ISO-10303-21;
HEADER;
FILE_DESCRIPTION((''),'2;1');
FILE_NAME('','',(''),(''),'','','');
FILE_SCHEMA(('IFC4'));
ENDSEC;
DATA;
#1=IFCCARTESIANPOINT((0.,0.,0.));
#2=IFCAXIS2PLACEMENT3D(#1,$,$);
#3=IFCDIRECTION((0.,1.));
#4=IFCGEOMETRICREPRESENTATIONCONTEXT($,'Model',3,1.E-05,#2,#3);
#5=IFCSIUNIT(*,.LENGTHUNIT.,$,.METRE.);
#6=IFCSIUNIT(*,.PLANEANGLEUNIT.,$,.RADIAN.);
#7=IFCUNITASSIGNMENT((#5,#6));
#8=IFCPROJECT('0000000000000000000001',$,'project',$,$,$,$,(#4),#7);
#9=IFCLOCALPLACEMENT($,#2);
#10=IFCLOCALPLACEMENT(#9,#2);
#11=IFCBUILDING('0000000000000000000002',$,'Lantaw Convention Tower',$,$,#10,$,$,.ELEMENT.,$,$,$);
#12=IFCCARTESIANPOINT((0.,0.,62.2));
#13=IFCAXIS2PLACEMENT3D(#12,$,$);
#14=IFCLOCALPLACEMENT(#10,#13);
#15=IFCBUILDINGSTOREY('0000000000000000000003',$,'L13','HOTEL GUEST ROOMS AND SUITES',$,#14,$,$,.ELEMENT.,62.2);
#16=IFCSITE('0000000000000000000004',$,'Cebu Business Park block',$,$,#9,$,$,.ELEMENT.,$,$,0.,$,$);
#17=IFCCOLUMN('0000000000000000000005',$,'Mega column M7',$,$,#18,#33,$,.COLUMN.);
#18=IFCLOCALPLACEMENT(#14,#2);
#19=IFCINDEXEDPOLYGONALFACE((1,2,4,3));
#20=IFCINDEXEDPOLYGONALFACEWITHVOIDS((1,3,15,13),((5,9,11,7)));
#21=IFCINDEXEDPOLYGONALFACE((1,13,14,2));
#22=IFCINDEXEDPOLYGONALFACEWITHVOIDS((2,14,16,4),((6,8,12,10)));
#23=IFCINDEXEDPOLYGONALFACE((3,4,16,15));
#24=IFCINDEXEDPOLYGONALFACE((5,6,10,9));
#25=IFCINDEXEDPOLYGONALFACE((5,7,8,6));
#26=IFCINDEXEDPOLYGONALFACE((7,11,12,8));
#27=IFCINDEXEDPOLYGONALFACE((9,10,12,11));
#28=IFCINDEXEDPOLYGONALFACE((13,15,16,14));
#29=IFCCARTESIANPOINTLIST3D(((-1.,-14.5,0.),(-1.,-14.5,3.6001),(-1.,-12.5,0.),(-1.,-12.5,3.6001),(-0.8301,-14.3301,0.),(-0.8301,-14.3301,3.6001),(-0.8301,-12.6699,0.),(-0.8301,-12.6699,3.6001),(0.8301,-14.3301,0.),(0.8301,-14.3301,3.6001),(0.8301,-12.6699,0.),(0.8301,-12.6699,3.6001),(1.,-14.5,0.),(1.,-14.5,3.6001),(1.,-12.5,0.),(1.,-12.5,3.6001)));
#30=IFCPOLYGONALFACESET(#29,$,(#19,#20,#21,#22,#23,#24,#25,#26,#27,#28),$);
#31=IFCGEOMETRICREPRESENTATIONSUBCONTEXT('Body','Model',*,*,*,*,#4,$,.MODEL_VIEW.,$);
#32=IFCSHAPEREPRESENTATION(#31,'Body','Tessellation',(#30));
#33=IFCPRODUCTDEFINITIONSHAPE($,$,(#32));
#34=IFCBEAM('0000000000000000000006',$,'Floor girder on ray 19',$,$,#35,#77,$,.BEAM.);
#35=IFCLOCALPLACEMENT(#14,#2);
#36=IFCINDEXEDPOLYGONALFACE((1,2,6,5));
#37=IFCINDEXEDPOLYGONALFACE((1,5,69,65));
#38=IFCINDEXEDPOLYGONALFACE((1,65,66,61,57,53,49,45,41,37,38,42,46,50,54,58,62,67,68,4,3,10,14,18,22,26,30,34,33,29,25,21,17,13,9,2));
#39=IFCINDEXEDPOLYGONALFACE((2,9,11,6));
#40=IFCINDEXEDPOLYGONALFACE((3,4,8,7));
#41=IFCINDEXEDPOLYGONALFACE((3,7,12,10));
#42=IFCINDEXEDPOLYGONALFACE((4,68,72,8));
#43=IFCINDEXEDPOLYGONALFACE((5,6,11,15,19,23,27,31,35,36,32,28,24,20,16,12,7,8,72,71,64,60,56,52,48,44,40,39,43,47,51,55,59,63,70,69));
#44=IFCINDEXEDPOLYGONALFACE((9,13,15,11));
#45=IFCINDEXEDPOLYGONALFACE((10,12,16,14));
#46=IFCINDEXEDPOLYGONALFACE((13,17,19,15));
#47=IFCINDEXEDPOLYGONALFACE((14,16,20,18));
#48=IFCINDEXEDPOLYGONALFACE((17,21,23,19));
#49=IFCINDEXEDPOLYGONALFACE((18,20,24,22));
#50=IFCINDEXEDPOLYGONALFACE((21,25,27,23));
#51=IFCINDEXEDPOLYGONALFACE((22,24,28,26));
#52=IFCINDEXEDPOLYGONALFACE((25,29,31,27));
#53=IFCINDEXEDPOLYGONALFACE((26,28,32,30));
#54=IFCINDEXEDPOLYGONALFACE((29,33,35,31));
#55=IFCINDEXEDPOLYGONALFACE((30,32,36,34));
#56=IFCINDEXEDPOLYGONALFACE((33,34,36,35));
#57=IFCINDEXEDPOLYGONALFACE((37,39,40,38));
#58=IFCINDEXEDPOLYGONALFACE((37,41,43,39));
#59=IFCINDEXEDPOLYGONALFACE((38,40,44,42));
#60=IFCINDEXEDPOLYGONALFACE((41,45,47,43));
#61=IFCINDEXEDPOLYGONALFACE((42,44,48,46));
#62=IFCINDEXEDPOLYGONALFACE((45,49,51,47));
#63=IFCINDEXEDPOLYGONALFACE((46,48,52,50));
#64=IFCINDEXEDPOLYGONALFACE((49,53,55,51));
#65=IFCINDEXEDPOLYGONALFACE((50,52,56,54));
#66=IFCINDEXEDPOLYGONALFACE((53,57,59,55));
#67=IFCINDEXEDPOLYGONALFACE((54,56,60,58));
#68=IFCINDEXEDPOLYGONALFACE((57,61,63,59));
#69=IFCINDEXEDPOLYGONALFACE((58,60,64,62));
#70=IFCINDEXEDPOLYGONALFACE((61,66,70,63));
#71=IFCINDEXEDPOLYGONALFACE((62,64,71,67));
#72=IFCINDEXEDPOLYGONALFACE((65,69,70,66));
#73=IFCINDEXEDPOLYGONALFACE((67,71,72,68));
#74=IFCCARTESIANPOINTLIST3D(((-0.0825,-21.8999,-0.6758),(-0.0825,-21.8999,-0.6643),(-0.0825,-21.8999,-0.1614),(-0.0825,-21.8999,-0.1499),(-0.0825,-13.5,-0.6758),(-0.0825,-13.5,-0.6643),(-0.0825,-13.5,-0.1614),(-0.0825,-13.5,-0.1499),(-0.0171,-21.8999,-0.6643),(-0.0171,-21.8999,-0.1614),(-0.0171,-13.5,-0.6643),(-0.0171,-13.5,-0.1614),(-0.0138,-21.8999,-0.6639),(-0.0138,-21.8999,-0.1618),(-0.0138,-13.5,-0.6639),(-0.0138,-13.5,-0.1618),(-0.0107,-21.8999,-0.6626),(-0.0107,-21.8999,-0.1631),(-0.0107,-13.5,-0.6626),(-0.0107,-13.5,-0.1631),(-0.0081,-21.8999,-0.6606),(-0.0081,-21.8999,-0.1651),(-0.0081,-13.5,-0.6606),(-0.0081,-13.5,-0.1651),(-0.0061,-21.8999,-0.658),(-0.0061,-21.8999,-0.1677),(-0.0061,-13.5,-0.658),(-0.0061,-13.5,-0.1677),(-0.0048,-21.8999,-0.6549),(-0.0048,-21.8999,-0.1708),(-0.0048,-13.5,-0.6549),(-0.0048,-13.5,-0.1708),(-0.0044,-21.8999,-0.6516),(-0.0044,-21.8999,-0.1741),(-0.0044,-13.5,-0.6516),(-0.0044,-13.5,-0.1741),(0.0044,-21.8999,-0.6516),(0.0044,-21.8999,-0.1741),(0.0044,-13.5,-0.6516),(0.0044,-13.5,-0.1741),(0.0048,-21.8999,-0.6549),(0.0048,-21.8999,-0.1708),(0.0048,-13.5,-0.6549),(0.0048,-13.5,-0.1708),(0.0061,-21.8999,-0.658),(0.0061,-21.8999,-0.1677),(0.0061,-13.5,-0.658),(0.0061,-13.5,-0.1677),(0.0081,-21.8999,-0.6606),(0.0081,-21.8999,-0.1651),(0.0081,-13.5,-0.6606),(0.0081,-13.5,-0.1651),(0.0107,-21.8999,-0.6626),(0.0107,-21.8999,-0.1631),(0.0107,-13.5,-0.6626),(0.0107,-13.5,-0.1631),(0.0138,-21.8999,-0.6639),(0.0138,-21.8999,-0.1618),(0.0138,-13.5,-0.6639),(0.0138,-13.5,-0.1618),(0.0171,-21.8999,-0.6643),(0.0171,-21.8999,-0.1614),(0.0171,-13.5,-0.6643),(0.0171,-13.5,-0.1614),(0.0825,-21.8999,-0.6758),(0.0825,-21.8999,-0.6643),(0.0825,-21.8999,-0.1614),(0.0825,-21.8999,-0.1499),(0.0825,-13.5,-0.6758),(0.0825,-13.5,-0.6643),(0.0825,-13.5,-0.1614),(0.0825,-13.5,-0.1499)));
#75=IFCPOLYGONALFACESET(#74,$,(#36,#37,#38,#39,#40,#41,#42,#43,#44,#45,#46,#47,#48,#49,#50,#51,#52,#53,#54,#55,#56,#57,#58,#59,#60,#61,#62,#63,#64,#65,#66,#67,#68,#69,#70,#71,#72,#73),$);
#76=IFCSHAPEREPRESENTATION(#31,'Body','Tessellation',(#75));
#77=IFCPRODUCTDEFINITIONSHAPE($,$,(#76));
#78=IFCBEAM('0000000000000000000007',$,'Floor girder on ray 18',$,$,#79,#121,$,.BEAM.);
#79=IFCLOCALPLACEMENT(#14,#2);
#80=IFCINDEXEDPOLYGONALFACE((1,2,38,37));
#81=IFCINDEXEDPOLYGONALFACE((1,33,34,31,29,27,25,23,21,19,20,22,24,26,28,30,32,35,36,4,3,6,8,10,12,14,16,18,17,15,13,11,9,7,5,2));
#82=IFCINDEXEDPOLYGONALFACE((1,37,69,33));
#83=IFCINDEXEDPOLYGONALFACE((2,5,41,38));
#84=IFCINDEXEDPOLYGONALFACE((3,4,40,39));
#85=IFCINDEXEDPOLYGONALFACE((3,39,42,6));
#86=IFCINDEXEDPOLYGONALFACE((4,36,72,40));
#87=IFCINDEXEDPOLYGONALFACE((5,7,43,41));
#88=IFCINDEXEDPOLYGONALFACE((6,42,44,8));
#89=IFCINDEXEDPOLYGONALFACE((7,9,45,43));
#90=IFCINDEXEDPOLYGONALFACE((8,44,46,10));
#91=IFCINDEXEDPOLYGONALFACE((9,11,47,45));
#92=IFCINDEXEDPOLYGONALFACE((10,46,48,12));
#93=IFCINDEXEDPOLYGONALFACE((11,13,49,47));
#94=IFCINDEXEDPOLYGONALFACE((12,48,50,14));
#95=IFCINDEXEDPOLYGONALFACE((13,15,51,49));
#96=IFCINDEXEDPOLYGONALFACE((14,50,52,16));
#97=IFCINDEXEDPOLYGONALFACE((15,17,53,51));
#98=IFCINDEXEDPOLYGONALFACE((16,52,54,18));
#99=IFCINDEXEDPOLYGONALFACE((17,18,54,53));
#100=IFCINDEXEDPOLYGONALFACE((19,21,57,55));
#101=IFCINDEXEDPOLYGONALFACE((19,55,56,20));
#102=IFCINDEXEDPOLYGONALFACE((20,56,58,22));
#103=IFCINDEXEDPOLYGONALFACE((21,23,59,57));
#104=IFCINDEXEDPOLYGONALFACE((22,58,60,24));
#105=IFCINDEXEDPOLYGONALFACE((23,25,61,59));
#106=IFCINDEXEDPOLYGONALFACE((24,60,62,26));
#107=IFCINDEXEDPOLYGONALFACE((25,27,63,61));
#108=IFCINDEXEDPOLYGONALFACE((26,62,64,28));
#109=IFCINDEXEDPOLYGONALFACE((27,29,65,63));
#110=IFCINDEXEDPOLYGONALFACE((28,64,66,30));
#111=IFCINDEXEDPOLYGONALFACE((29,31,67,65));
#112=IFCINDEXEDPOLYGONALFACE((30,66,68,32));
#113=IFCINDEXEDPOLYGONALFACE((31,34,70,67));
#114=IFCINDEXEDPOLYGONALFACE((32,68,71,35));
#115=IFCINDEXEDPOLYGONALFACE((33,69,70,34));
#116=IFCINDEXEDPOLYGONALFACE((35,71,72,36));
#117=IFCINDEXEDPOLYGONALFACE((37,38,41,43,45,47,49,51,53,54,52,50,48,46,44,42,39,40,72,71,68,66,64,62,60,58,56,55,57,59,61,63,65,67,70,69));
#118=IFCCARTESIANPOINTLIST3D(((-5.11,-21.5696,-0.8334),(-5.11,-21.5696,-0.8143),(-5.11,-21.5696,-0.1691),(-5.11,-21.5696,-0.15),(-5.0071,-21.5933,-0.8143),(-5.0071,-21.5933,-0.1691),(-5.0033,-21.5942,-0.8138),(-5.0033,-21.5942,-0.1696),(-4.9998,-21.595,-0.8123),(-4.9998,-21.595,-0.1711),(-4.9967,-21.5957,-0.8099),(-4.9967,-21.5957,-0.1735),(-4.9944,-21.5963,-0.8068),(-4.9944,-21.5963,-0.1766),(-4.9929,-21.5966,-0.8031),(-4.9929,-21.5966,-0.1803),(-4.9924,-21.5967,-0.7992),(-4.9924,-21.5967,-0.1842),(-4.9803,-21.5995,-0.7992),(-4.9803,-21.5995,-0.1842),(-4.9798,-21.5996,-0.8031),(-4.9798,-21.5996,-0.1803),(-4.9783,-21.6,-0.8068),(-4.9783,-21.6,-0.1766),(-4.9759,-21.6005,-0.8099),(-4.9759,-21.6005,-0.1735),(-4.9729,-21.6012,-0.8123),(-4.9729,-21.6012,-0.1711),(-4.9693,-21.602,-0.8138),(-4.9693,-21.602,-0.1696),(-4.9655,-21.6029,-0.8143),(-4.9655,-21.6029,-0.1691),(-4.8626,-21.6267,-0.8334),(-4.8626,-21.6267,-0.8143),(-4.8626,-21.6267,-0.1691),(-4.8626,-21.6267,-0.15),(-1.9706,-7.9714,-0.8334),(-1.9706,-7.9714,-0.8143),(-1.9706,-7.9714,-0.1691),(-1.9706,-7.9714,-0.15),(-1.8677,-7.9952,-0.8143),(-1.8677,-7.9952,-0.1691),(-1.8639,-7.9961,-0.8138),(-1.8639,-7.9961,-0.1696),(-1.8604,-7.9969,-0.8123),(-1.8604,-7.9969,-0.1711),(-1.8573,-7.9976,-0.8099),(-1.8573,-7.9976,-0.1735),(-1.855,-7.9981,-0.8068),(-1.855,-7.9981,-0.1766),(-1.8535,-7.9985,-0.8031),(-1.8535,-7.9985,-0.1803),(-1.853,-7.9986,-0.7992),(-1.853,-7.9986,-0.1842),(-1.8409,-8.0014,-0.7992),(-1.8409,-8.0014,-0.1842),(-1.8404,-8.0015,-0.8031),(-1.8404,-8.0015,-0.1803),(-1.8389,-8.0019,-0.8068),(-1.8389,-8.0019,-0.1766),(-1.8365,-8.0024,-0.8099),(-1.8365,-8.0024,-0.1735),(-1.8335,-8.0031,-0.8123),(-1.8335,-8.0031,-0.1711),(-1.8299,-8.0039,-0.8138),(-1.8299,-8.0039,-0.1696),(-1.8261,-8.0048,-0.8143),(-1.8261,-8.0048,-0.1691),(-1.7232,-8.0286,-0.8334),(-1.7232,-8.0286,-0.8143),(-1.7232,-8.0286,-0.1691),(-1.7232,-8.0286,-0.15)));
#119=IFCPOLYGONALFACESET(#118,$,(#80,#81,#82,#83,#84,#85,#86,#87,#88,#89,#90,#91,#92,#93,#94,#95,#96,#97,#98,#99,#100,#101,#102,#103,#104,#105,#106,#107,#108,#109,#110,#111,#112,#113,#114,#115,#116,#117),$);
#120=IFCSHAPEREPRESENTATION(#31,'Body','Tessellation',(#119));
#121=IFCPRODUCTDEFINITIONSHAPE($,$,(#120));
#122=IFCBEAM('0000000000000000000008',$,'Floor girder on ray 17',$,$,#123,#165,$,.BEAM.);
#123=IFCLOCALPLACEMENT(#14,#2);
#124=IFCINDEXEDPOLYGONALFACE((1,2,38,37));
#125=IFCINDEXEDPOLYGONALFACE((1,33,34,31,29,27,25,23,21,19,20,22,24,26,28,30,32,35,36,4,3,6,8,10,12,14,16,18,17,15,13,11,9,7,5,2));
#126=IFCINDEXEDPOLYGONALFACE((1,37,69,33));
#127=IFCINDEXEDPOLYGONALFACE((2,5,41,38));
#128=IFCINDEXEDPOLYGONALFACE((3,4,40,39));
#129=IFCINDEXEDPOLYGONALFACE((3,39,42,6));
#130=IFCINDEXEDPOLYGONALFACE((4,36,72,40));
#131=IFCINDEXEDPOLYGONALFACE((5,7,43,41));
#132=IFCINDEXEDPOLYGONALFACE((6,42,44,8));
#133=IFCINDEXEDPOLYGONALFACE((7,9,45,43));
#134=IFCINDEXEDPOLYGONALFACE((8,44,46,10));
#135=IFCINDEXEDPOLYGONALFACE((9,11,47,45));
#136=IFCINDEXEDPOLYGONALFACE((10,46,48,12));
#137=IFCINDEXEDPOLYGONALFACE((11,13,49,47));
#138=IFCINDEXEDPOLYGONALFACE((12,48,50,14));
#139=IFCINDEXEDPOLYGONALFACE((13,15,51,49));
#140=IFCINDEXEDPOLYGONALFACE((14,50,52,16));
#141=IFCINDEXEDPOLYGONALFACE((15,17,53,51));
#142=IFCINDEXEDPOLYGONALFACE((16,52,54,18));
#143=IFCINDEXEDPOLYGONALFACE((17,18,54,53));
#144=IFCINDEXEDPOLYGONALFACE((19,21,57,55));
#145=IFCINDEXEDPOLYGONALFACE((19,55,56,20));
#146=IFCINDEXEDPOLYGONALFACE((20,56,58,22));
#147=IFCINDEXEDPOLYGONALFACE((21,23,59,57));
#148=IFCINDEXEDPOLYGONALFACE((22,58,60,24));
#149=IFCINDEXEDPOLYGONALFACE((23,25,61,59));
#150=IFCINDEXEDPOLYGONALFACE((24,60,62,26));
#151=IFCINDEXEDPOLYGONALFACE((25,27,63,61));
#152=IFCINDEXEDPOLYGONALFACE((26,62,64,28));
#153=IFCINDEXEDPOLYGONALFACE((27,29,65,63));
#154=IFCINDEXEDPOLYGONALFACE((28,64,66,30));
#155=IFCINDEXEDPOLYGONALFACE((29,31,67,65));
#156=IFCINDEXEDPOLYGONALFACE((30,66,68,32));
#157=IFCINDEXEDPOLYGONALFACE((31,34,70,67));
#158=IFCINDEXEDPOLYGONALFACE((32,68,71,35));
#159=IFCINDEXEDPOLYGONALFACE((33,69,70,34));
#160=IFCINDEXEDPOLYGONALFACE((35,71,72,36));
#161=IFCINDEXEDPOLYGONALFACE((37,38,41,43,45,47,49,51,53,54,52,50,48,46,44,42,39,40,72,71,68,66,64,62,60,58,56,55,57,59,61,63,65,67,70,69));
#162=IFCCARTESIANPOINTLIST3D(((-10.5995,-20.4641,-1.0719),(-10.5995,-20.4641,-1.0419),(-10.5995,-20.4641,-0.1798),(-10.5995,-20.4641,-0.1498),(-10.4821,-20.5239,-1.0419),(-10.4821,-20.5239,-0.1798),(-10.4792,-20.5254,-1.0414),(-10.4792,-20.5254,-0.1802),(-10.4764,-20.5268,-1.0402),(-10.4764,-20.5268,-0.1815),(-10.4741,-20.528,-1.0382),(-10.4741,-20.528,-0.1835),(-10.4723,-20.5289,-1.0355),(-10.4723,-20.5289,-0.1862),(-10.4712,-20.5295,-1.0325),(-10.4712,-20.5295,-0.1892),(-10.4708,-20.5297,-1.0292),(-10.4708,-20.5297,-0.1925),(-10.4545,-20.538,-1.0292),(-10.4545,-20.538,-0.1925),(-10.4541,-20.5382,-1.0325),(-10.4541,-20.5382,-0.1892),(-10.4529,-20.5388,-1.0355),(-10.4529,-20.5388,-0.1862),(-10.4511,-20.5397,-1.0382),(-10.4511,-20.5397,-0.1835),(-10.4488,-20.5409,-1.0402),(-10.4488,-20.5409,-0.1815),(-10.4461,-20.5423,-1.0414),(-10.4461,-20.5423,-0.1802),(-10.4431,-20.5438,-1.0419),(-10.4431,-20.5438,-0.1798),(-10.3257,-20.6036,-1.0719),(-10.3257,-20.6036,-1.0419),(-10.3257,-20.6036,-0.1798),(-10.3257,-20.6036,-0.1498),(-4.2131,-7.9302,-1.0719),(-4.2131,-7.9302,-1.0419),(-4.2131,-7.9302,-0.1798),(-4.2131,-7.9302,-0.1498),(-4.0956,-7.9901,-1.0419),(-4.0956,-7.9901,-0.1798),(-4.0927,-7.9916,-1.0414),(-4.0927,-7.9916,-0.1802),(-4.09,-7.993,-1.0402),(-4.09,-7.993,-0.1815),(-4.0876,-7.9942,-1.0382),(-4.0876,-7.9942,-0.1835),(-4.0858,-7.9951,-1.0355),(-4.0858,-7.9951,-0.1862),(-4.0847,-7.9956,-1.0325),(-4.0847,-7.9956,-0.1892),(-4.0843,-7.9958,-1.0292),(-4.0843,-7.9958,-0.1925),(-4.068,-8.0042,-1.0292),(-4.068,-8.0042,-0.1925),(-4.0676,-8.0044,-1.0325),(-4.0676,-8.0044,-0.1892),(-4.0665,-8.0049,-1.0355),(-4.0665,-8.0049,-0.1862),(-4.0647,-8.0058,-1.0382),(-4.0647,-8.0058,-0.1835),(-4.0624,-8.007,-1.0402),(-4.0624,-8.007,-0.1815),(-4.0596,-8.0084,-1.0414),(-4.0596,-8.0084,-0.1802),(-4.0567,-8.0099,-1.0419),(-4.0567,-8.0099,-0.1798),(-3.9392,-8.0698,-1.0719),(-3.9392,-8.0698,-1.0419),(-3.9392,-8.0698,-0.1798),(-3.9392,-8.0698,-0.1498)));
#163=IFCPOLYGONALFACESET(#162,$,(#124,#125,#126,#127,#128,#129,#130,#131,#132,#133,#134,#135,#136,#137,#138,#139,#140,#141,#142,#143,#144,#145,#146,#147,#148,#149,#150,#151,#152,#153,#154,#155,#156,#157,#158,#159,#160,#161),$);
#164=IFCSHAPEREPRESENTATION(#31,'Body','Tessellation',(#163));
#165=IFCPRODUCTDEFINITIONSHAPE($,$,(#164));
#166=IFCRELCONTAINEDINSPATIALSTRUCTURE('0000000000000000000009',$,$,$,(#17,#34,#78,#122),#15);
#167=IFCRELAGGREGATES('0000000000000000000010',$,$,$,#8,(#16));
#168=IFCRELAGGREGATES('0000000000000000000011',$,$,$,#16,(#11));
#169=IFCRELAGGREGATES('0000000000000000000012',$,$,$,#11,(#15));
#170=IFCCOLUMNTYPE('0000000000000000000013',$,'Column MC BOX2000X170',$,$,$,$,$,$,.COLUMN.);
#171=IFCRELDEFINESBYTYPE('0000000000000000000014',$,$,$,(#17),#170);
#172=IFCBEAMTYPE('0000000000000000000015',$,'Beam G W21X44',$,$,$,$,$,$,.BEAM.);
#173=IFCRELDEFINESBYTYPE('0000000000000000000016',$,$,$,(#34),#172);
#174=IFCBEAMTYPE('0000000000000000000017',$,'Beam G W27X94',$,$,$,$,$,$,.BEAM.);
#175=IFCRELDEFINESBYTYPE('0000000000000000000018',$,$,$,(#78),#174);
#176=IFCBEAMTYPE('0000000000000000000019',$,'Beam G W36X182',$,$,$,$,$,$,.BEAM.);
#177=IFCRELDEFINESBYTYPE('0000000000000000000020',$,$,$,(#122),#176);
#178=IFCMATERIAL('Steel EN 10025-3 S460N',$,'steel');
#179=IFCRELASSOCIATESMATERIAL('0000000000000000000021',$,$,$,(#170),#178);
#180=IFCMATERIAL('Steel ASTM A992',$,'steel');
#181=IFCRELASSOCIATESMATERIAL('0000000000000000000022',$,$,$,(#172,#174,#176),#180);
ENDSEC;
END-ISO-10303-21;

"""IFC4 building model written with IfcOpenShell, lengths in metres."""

from ifc_helpers import new_model, si_unit, direction, frame, origin, origin_2d, place, context, subcontext, project, spatial, rectangle, hollow_rectangle, i_section, extrude, material, material_profile, profile_set, type_object, element, save


model = new_model("IFC4")

# Units and contexts
model_context = context("Model", 3, precision=1e-05, world=origin(), true_north=direction((0.0, 1.0)))
body_context = subcontext(model_context, "Body", "Model", "MODEL_VIEW")
ifc_project = project(units=[si_unit("LENGTHUNIT", "METRE"), si_unit("PLANEANGLEUNIT", "RADIAN")], contexts=[model_context])

# Site, building, storey
site_placement = place(None, origin())
site = spatial("IfcSite", under=ifc_project, at=site_placement, Name="Cebu Business Park block", CompositionType="ELEMENT", RefElevation=0.0)
building_placement = place(site_placement, origin())
building = spatial("IfcBuilding", under=site, at=building_placement, Name="Lantaw Convention Tower", CompositionType="ELEMENT")
storey_placement = place(building_placement, frame((0.0, 0.0, 62.2)))
storey = spatial("IfcBuildingStorey", under=building, at=storey_placement, Name="L13", Description="HOTEL GUEST ROOMS AND SUITES", CompositionType="ELEMENT", Elevation=62.2)

# Column
ifc_material_1 = material(Name="Steel EN 10025-3 S460N", Category="steel")
ifc_material_profile_1 = material_profile(ifc_material_1, hollow_rectangle(XDim=2.0, YDim=2.0, WallThickness=0.1699, at=origin_2d()), Name="BOX2000X170")
ifc_material_2 = material(Name="Concrete C60/75", Category="concrete")
ifc_material_profile_2 = material_profile(ifc_material_2, rectangle(XDim=1.6599, YDim=1.6599, at=origin_2d()), Name="Concrete fill of BOX2000X170")
ifc_profile_set_1 = profile_set([ifc_material_profile_1, ifc_material_profile_2], Name="Steel EN 10025-3 S460N")
column_type = type_object("IfcColumnType", Name="Column MC BOX2000X170", PredefinedType="COLUMN", material=ifc_profile_set_1)
column_placement = place(storey_placement, frame((0.0, -13.5, 0.0), z_axis=(0.0, 0.0, 1.0), x_axis=(1.0, 0.0, 0.0)))
element("IfcColumn", 1, at=column_placement, inside=storey, type_object=column_type, Name="Mega column M7", PredefinedType="COLUMN", context=body_context, shape_type="SweptSolid", body=[
    extrude(hollow_rectangle(XDim=2.0, YDim=2.0, WallThickness=0.1699, at=origin_2d()), origin(), (0.0, 0.0, 1.0), 3.6001),
])

# Beams
ifc_material_3 = material(Name="Steel ASTM A992", Category="steel")
ifc_material_profile_3 = material_profile(ifc_material_3, i_section(OverallWidth=0.165, OverallDepth=0.5259, WebThickness=0.0088, FlangeThickness=0.0115, FilletRadius=0.0127, at=origin_2d()), Name="W21X44")
ifc_profile_set_2 = profile_set([ifc_material_profile_3], Name="Steel ASTM A992")
beam_type_1 = type_object("IfcBeamType", Name="Beam G W21X44", PredefinedType="BEAM", material=ifc_profile_set_2)
beam_1_placement = place(storey_placement, frame((0.0, -13.5, -0.4128), z_axis=(0.0, -1.0, 0.0), x_axis=(1.0, 0.0, 0.0)))
element("IfcBeam", 2, at=beam_1_placement, inside=storey, type_object=beam_type_1, Name="Floor girder on ray 19", PredefinedType="BEAM", context=body_context, shape_type="SweptSolid", body=[
    extrude(i_section(OverallWidth=0.165, OverallDepth=0.5259, WebThickness=0.0088, FlangeThickness=0.0115, FilletRadius=0.0127, at=origin_2d()), origin(), (0.0, 0.0, 1.0), 8.3999),
])
ifc_material_profile_4 = material_profile(ifc_material_3, i_section(OverallWidth=0.2539, OverallDepth=0.6833, WebThickness=0.0125, FlangeThickness=0.019, FilletRadius=0.0151, at=origin_2d()), Name="W27X94")
ifc_profile_set_3 = profile_set([ifc_material_profile_4], Name="Steel ASTM A992")
beam_type_2 = type_object("IfcBeamType", Name="Beam G W27X94", PredefinedType="BEAM", material=ifc_profile_set_3)
beam_2_placement = place(storey_placement, frame((-1.8469, -8.0, -0.4917), z_axis=(-0.224953, -0.97437, 0.0), x_axis=(0.97437, -0.224953, 0.0)))
element("IfcBeam", 3, at=beam_2_placement, inside=storey, type_object=beam_type_2, Name="Floor girder on ray 18", PredefinedType="BEAM", context=body_context, shape_type="SweptSolid", body=[
    extrude(i_section(OverallWidth=0.2539, OverallDepth=0.6833, WebThickness=0.0125, FlangeThickness=0.019, FilletRadius=0.0151, at=origin_2d()), origin(), (0.0, 0.0, 1.0), 13.9558),
])
ifc_material_profile_5 = material_profile(ifc_material_3, i_section(OverallWidth=0.3074, OverallDepth=0.9221, WebThickness=0.0183, FlangeThickness=0.03, FilletRadius=0.0127, at=origin_2d()), Name="W36X182")
ifc_profile_set_4 = profile_set([ifc_material_profile_5], Name="Steel ASTM A992")
beam_type_3 = type_object("IfcBeamType", Name="Beam G W36X182", PredefinedType="BEAM", material=ifc_profile_set_4)
beam_3_placement = place(storey_placement, frame((-4.0762, -8.0, -0.6108), z_axis=(-0.453997, -0.891003, 0.0), x_axis=(0.891003, -0.453997, 0.0)))
element("IfcBeam", 4, at=beam_3_placement, inside=storey, type_object=beam_type_3, Name="Floor girder on ray 17", PredefinedType="BEAM", context=body_context, shape_type="SweptSolid", body=[
    extrude(i_section(OverallWidth=0.3074, OverallDepth=0.9221, WebThickness=0.0183, FlangeThickness=0.03, FilletRadius=0.0127, at=origin_2d()), origin(), (0.0, 0.0, 1.0), 14.0671),
])

save(model, "model.ifc")
